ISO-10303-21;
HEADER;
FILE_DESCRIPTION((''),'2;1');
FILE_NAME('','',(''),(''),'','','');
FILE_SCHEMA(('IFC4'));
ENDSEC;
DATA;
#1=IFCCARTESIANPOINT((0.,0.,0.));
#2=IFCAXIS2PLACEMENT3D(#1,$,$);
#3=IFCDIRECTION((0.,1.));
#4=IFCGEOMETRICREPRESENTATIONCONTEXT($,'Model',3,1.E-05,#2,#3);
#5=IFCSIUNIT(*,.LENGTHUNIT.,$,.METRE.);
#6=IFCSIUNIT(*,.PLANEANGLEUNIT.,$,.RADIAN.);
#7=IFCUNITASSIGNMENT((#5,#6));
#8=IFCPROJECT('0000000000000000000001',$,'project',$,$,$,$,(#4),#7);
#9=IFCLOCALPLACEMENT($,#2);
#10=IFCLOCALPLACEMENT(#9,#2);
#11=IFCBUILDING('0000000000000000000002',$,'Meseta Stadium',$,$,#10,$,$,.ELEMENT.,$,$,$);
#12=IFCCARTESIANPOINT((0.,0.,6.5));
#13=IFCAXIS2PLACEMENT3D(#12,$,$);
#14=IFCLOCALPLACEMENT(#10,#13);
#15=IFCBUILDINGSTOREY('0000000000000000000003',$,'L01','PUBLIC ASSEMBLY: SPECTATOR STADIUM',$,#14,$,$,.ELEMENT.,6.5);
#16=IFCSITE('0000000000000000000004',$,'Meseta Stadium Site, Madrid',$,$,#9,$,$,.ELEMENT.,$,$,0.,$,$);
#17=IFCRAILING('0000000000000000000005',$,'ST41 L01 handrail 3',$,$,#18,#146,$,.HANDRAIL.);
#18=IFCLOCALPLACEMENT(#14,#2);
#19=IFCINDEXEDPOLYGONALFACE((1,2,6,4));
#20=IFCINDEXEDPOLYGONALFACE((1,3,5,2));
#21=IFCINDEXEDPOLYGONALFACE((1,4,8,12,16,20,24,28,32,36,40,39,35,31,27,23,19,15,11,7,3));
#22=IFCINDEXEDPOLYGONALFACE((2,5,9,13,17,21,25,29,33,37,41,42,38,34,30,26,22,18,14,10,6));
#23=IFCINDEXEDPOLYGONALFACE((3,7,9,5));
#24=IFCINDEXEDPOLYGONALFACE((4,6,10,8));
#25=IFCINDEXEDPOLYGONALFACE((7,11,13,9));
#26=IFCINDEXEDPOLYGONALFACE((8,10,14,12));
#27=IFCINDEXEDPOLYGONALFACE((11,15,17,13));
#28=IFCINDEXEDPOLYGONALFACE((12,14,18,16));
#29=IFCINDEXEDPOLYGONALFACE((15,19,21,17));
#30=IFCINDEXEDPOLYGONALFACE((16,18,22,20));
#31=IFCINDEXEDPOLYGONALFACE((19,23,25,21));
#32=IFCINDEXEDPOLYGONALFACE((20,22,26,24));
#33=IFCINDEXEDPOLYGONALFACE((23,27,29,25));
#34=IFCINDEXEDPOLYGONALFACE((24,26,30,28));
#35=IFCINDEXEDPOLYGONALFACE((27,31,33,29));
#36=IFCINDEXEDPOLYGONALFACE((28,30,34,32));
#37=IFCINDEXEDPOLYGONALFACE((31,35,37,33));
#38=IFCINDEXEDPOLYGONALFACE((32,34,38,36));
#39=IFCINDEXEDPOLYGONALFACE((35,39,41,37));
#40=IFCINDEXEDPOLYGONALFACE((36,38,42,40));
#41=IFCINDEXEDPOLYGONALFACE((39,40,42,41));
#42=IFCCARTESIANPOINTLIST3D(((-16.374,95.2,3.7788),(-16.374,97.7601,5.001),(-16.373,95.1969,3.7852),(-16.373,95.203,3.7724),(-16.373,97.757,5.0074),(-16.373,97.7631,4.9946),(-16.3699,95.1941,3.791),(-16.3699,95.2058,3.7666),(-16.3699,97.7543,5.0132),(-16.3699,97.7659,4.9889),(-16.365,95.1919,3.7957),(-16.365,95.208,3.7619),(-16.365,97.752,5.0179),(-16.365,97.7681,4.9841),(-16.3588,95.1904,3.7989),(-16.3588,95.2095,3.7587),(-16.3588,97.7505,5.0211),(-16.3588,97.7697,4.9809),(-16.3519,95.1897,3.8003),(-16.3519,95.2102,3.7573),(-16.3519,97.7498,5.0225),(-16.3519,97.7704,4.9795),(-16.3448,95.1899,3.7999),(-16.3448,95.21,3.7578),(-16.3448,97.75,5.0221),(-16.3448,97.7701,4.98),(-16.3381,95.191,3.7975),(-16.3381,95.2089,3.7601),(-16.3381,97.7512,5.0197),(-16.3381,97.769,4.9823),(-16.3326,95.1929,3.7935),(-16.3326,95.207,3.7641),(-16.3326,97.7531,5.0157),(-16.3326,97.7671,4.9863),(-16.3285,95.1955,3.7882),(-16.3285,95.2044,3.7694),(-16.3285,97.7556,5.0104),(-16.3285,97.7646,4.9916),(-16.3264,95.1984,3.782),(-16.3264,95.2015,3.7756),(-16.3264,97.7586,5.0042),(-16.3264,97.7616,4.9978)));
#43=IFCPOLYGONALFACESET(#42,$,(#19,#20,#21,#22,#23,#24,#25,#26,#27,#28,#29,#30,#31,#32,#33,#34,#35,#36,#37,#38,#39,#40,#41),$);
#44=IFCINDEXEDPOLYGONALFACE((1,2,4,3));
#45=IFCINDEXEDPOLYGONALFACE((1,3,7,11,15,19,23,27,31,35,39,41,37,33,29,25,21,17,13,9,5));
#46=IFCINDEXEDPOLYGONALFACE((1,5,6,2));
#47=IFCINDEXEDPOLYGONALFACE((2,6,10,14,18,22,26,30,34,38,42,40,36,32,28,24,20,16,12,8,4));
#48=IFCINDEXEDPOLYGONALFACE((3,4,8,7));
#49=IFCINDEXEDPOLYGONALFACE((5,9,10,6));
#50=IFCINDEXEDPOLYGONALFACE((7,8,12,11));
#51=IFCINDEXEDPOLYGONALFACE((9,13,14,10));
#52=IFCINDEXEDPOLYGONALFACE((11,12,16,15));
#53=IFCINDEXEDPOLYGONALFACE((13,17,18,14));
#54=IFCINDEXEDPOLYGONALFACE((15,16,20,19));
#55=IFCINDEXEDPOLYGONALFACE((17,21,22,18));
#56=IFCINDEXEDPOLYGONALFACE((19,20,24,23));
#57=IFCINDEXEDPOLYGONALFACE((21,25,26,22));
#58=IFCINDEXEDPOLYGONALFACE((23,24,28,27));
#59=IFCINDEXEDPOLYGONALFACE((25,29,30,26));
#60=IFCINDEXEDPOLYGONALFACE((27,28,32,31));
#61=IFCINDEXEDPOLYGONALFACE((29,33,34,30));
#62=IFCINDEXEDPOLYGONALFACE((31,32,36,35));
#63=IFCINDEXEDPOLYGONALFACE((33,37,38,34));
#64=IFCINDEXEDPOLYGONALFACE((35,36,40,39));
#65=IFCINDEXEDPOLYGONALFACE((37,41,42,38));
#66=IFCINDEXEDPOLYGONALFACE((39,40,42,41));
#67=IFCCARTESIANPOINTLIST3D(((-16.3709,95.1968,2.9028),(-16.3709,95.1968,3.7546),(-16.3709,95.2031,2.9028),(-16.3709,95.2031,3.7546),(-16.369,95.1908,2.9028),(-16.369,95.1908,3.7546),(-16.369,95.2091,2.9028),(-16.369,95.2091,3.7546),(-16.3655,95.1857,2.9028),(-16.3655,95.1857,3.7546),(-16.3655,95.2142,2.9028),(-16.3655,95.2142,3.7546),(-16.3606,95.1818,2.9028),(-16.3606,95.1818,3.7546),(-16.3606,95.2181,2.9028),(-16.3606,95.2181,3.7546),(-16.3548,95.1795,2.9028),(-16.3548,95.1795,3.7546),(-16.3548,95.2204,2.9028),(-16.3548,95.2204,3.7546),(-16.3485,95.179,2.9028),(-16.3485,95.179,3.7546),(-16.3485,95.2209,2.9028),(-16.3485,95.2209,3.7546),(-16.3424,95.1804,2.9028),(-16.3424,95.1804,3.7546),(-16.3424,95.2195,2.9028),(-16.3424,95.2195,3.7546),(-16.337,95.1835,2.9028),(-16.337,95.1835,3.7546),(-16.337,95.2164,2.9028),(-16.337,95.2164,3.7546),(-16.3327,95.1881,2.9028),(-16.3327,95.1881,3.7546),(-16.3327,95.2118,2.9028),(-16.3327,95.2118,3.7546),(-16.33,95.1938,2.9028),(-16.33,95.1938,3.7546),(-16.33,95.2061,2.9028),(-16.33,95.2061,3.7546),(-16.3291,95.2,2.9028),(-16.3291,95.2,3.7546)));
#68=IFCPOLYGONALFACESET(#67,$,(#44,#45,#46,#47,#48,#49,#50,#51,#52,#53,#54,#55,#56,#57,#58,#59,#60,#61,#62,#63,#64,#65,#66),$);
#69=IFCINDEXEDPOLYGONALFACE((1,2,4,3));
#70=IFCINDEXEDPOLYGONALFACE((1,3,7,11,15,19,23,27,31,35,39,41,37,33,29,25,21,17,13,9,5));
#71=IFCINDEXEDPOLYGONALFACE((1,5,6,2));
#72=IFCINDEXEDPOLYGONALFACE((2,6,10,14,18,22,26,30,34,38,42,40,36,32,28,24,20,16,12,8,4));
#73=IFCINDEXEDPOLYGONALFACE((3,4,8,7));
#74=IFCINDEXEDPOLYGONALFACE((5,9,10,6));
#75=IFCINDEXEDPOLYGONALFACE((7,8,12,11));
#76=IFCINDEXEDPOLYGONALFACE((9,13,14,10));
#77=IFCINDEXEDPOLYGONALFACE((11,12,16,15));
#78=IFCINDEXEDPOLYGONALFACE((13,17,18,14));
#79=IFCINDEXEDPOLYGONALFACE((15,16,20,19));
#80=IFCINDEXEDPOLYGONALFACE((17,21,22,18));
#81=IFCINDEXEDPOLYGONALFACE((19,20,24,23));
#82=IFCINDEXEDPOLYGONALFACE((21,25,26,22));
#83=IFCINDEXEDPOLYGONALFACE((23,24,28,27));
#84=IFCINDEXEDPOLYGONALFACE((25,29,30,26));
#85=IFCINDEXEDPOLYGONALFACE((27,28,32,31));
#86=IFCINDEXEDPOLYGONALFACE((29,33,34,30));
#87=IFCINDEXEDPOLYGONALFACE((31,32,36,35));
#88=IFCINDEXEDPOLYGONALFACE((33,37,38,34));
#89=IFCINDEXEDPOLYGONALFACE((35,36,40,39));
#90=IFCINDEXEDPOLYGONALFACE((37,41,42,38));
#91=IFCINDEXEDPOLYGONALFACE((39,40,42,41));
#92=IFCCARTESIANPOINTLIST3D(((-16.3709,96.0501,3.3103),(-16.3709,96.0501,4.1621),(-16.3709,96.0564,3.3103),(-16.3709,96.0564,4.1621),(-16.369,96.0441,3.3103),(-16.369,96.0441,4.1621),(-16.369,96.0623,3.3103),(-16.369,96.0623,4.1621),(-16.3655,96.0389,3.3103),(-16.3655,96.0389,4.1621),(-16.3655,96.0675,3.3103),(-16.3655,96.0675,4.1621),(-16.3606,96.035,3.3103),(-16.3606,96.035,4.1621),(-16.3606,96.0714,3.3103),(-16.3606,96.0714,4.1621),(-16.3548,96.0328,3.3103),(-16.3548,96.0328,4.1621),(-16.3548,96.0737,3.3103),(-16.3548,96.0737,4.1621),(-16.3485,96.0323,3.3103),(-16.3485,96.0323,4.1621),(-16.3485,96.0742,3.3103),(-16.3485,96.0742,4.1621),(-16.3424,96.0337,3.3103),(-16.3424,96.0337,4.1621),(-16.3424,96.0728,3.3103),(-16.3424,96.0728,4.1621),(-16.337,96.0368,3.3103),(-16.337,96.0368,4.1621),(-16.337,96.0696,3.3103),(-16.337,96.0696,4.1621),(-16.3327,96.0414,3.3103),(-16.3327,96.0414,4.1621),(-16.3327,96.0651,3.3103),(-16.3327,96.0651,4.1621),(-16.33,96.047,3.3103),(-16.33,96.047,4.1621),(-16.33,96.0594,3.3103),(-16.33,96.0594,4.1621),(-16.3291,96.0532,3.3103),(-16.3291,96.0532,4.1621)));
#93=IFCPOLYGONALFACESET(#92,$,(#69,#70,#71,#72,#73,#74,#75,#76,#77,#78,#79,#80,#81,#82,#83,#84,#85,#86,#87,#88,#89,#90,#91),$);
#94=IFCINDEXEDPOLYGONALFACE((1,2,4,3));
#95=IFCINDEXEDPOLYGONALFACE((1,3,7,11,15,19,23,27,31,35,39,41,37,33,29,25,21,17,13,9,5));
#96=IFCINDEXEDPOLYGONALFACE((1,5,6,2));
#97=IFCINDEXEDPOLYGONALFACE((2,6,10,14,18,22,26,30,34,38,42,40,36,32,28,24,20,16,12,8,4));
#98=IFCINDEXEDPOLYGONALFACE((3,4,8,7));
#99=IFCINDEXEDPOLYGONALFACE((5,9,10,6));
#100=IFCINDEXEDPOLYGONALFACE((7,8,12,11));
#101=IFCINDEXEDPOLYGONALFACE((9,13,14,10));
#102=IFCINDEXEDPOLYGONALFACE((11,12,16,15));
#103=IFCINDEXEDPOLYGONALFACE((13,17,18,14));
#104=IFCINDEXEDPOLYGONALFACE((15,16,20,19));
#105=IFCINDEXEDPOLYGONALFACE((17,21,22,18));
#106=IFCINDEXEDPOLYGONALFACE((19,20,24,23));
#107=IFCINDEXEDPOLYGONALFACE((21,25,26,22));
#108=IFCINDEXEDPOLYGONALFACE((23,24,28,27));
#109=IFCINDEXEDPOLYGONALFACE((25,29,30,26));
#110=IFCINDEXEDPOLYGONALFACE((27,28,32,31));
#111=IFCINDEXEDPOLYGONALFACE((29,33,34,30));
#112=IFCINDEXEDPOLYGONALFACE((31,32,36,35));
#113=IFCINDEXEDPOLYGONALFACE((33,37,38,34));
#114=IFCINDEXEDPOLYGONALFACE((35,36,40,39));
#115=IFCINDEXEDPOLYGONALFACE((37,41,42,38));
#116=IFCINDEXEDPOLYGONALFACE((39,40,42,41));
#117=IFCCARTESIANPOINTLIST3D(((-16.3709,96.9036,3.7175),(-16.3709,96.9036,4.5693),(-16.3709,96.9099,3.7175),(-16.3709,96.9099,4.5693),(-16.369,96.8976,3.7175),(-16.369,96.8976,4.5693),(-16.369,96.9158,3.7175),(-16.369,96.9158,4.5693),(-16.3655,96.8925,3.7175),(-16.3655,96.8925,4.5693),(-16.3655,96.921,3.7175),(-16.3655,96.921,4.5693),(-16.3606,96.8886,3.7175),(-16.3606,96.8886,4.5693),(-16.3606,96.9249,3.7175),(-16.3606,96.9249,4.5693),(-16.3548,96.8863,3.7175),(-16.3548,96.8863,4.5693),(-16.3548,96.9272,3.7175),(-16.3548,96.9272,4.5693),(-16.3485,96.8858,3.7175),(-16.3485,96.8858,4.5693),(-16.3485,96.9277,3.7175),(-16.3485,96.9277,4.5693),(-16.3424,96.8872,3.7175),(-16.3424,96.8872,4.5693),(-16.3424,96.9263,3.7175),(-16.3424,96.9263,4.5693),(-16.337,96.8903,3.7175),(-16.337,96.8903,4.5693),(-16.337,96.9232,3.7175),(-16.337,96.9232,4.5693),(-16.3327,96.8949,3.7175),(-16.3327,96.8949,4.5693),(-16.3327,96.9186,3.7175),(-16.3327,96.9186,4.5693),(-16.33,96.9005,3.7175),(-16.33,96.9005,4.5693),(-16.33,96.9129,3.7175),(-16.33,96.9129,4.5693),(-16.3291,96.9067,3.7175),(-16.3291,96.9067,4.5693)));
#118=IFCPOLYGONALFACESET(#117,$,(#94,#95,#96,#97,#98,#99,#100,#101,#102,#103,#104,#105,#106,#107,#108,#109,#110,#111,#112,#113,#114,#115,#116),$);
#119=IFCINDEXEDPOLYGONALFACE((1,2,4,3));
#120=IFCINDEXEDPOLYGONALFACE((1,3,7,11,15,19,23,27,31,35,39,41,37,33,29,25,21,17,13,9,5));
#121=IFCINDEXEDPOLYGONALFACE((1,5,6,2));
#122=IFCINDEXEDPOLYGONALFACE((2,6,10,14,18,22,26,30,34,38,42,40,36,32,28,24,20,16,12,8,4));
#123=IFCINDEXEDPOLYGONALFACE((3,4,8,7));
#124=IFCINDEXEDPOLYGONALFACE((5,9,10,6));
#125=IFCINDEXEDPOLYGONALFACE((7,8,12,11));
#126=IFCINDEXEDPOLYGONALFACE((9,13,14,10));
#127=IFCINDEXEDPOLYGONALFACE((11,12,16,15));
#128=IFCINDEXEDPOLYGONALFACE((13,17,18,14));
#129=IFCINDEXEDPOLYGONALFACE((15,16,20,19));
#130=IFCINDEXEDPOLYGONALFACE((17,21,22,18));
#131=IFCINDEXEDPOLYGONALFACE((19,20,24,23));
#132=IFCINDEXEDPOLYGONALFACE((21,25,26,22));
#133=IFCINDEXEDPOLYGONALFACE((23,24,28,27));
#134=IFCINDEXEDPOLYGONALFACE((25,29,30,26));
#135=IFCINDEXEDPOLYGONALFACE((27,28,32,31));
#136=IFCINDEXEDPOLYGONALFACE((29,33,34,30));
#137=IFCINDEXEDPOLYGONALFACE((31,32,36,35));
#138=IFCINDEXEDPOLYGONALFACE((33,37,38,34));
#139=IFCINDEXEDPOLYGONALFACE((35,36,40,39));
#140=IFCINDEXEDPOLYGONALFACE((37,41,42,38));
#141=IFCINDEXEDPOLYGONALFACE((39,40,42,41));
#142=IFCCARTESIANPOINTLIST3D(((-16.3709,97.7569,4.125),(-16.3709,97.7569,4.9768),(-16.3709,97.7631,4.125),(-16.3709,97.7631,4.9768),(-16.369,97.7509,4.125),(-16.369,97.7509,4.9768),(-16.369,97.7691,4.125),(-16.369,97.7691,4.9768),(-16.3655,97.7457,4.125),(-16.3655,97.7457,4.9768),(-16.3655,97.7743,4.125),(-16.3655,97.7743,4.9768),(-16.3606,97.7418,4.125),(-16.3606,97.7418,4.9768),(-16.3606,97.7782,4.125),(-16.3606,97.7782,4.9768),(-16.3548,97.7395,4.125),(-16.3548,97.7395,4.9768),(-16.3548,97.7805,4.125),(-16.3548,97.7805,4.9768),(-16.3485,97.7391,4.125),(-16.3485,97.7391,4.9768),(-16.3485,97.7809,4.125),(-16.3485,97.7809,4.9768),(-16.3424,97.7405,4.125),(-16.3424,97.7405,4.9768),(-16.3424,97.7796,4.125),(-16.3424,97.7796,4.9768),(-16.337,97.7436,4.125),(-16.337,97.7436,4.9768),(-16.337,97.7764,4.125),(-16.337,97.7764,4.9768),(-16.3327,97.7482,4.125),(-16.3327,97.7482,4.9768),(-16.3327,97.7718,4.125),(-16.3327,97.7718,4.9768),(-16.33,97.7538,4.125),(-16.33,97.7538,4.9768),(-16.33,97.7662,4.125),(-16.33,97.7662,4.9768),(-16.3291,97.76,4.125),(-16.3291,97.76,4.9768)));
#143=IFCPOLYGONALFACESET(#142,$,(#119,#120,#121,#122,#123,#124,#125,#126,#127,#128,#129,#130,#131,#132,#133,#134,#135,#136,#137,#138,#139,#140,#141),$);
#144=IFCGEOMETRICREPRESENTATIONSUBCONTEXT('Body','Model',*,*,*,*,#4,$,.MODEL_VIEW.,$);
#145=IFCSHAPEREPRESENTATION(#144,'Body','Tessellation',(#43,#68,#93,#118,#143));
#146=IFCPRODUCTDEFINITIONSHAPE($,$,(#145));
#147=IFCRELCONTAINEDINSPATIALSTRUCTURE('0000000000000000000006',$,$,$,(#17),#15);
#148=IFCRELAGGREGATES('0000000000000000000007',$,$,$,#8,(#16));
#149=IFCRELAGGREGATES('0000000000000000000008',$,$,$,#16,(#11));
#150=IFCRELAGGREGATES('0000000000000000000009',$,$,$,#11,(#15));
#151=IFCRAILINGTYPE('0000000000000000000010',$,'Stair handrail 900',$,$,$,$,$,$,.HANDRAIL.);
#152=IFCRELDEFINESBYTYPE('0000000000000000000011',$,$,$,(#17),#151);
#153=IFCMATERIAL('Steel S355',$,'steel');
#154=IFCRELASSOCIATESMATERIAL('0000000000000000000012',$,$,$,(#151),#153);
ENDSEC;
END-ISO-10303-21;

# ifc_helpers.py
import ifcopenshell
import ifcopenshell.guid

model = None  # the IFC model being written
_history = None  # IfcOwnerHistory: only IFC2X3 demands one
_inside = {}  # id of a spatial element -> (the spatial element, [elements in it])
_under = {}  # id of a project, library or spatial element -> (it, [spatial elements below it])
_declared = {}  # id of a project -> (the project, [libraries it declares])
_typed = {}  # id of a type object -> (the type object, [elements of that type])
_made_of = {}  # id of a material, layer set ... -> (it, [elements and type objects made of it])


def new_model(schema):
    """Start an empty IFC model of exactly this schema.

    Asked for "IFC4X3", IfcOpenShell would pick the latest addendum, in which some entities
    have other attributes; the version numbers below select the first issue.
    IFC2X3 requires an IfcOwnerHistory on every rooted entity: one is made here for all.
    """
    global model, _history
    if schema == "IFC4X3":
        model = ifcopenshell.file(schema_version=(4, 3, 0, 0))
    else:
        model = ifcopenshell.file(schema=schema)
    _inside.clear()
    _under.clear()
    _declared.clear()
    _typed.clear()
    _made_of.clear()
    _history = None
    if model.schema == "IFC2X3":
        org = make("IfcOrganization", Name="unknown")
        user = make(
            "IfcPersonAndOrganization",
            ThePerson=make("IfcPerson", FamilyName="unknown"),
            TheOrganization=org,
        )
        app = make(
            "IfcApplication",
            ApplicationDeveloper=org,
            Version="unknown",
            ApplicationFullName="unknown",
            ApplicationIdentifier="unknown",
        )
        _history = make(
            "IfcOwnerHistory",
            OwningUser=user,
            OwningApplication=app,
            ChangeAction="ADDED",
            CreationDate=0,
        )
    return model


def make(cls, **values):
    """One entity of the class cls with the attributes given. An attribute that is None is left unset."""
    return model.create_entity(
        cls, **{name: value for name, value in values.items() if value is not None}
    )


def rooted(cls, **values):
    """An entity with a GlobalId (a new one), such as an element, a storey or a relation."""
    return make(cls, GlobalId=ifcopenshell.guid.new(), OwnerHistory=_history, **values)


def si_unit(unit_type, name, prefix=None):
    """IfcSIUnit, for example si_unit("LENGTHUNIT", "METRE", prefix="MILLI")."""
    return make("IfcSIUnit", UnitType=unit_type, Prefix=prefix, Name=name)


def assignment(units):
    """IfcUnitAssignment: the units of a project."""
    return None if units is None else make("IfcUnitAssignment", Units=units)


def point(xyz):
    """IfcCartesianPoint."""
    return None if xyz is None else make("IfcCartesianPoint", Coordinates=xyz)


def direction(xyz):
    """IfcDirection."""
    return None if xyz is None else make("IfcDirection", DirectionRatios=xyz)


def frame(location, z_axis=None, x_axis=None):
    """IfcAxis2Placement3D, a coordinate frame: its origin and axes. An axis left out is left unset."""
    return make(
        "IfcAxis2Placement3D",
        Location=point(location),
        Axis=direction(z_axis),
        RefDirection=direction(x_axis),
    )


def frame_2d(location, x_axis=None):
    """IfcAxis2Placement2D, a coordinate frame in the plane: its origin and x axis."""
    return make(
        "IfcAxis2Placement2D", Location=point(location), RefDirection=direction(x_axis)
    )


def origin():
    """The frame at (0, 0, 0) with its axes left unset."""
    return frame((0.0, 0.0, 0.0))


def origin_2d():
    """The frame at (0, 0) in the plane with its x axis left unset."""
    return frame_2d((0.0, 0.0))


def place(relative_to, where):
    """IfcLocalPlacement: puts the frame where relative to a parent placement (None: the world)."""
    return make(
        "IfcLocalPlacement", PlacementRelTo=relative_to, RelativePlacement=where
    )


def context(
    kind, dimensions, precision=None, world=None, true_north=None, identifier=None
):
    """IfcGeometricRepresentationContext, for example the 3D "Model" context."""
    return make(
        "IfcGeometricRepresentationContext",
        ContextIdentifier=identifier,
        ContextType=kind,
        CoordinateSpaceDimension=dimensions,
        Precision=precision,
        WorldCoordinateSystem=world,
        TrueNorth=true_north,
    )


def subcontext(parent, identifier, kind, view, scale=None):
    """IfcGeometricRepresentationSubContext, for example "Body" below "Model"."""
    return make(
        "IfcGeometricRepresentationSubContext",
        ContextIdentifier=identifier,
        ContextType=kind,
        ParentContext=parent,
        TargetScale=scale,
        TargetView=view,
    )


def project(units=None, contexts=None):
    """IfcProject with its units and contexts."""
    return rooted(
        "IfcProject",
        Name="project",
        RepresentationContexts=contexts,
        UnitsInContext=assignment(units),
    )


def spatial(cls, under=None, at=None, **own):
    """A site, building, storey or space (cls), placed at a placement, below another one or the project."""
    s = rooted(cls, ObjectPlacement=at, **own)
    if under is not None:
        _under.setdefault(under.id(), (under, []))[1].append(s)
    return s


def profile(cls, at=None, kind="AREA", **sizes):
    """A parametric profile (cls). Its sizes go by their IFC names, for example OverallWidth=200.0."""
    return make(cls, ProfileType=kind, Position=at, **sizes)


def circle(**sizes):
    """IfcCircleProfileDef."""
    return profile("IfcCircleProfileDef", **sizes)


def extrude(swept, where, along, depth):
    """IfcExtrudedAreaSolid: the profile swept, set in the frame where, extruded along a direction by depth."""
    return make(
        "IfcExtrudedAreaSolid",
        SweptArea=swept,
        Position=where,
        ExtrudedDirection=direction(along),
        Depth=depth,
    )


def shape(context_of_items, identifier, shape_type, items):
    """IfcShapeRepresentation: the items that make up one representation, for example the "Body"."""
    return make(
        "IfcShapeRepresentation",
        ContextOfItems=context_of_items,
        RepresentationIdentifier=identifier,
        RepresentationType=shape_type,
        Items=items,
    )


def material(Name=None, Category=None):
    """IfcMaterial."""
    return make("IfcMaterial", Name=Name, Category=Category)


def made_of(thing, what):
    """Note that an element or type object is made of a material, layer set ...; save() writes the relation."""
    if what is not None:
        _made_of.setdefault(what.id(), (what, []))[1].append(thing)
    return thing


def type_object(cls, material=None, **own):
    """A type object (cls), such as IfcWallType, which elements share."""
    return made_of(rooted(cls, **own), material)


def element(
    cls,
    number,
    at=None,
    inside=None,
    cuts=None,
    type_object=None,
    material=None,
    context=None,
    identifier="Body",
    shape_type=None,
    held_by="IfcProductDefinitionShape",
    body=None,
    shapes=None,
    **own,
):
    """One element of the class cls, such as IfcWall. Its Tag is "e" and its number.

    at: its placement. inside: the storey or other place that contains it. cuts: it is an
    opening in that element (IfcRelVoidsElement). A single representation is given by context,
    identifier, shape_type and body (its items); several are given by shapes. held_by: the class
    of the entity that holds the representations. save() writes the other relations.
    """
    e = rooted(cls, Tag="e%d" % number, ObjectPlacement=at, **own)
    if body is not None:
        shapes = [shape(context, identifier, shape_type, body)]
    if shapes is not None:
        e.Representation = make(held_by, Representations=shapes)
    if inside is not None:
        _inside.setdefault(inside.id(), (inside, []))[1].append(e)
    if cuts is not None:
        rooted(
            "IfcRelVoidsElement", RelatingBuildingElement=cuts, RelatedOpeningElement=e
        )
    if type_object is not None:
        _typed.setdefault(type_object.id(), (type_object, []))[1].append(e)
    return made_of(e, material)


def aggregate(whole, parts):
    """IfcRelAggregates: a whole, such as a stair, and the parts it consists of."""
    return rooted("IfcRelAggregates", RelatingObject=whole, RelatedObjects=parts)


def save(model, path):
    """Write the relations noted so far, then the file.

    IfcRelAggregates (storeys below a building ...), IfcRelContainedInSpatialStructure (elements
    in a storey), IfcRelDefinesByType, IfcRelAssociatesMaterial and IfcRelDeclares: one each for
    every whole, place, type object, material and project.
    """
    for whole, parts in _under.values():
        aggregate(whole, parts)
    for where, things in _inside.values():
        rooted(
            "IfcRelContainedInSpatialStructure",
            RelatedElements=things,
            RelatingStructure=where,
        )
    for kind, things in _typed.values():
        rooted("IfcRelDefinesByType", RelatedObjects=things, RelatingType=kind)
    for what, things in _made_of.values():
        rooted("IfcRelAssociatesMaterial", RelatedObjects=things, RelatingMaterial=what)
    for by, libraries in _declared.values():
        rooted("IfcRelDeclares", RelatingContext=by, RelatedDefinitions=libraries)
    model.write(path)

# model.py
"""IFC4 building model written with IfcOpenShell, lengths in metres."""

from ifc_helpers import new_model, si_unit, direction, frame, origin, origin_2d, place, context, subcontext, project, spatial, circle, extrude, material, type_object, element, save


model = new_model("IFC4")

# Units and contexts
model_context = context("Model", 3, precision=1e-05, world=origin(), true_north=direction((0.0, 1.0)))
body_context = subcontext(model_context, "Body", "Model", "MODEL_VIEW")
ifc_project = project(units=[si_unit("LENGTHUNIT", "METRE"), si_unit("PLANEANGLEUNIT", "RADIAN")], contexts=[model_context])

# Site, building, storey
site_placement = place(None, origin())
site = spatial("IfcSite", under=ifc_project, at=site_placement, Name="Meseta Stadium Site, Madrid", CompositionType="ELEMENT", RefElevation=0.0)
building_placement = place(site_placement, origin())
building = spatial("IfcBuilding", under=site, at=building_placement, Name="Meseta Stadium", CompositionType="ELEMENT")
storey_placement = place(building_placement, frame((0.0, 0.0, 6.5)))
storey = spatial("IfcBuildingStorey", under=building, at=storey_placement, Name="L01", Description="PUBLIC ASSEMBLY: SPECTATOR STADIUM", CompositionType="ELEMENT", Elevation=6.5)

# Railing
ifc_material_1 = material(Name="Steel S355", Category="steel")
railing_type_1 = type_object("IfcRailingType", Name="Stair handrail 900", PredefinedType="HANDRAIL", material=ifc_material_1)
for number, where, name in (
    (1, (-16.3501, 95.2, 2.9028), "ST41 L01 handrail 3"),
):
    element("IfcRailing", number, at=place(storey_placement, frame(where)), inside=storey, type_object=railing_type_1, Name=name, PredefinedType="HANDRAIL", context=body_context, shape_type="SweptSolid", body=[
        extrude(circle(Radius=0.0239, at=origin_2d()), frame((0.0, 0.0, 0.876), z_axis=(0.0, 0.902437, 0.430822), x_axis=(-1.0, 0.0, 0.0)), (0.0, 0.0, 1.0), 2.8369),
        extrude(circle(Radius=0.021, at=origin_2d()), origin(), (0.0, 0.0, 1.0), 0.8518),
        extrude(circle(Radius=0.021, at=origin_2d()), frame((0.0, 0.8533, 0.4075)), (0.0, 0.0, 1.0), 0.8518),
        extrude(circle(Radius=0.021, at=origin_2d()), frame((0.0, 1.7068, 0.8147)), (0.0, 0.0, 1.0), 0.8518),
        extrude(circle(Radius=0.021, at=origin_2d()), frame((0.0, 2.5601, 1.2222)), (0.0, 0.0, 1.0), 0.8518),
    ])

save(model, "model.ifc")
